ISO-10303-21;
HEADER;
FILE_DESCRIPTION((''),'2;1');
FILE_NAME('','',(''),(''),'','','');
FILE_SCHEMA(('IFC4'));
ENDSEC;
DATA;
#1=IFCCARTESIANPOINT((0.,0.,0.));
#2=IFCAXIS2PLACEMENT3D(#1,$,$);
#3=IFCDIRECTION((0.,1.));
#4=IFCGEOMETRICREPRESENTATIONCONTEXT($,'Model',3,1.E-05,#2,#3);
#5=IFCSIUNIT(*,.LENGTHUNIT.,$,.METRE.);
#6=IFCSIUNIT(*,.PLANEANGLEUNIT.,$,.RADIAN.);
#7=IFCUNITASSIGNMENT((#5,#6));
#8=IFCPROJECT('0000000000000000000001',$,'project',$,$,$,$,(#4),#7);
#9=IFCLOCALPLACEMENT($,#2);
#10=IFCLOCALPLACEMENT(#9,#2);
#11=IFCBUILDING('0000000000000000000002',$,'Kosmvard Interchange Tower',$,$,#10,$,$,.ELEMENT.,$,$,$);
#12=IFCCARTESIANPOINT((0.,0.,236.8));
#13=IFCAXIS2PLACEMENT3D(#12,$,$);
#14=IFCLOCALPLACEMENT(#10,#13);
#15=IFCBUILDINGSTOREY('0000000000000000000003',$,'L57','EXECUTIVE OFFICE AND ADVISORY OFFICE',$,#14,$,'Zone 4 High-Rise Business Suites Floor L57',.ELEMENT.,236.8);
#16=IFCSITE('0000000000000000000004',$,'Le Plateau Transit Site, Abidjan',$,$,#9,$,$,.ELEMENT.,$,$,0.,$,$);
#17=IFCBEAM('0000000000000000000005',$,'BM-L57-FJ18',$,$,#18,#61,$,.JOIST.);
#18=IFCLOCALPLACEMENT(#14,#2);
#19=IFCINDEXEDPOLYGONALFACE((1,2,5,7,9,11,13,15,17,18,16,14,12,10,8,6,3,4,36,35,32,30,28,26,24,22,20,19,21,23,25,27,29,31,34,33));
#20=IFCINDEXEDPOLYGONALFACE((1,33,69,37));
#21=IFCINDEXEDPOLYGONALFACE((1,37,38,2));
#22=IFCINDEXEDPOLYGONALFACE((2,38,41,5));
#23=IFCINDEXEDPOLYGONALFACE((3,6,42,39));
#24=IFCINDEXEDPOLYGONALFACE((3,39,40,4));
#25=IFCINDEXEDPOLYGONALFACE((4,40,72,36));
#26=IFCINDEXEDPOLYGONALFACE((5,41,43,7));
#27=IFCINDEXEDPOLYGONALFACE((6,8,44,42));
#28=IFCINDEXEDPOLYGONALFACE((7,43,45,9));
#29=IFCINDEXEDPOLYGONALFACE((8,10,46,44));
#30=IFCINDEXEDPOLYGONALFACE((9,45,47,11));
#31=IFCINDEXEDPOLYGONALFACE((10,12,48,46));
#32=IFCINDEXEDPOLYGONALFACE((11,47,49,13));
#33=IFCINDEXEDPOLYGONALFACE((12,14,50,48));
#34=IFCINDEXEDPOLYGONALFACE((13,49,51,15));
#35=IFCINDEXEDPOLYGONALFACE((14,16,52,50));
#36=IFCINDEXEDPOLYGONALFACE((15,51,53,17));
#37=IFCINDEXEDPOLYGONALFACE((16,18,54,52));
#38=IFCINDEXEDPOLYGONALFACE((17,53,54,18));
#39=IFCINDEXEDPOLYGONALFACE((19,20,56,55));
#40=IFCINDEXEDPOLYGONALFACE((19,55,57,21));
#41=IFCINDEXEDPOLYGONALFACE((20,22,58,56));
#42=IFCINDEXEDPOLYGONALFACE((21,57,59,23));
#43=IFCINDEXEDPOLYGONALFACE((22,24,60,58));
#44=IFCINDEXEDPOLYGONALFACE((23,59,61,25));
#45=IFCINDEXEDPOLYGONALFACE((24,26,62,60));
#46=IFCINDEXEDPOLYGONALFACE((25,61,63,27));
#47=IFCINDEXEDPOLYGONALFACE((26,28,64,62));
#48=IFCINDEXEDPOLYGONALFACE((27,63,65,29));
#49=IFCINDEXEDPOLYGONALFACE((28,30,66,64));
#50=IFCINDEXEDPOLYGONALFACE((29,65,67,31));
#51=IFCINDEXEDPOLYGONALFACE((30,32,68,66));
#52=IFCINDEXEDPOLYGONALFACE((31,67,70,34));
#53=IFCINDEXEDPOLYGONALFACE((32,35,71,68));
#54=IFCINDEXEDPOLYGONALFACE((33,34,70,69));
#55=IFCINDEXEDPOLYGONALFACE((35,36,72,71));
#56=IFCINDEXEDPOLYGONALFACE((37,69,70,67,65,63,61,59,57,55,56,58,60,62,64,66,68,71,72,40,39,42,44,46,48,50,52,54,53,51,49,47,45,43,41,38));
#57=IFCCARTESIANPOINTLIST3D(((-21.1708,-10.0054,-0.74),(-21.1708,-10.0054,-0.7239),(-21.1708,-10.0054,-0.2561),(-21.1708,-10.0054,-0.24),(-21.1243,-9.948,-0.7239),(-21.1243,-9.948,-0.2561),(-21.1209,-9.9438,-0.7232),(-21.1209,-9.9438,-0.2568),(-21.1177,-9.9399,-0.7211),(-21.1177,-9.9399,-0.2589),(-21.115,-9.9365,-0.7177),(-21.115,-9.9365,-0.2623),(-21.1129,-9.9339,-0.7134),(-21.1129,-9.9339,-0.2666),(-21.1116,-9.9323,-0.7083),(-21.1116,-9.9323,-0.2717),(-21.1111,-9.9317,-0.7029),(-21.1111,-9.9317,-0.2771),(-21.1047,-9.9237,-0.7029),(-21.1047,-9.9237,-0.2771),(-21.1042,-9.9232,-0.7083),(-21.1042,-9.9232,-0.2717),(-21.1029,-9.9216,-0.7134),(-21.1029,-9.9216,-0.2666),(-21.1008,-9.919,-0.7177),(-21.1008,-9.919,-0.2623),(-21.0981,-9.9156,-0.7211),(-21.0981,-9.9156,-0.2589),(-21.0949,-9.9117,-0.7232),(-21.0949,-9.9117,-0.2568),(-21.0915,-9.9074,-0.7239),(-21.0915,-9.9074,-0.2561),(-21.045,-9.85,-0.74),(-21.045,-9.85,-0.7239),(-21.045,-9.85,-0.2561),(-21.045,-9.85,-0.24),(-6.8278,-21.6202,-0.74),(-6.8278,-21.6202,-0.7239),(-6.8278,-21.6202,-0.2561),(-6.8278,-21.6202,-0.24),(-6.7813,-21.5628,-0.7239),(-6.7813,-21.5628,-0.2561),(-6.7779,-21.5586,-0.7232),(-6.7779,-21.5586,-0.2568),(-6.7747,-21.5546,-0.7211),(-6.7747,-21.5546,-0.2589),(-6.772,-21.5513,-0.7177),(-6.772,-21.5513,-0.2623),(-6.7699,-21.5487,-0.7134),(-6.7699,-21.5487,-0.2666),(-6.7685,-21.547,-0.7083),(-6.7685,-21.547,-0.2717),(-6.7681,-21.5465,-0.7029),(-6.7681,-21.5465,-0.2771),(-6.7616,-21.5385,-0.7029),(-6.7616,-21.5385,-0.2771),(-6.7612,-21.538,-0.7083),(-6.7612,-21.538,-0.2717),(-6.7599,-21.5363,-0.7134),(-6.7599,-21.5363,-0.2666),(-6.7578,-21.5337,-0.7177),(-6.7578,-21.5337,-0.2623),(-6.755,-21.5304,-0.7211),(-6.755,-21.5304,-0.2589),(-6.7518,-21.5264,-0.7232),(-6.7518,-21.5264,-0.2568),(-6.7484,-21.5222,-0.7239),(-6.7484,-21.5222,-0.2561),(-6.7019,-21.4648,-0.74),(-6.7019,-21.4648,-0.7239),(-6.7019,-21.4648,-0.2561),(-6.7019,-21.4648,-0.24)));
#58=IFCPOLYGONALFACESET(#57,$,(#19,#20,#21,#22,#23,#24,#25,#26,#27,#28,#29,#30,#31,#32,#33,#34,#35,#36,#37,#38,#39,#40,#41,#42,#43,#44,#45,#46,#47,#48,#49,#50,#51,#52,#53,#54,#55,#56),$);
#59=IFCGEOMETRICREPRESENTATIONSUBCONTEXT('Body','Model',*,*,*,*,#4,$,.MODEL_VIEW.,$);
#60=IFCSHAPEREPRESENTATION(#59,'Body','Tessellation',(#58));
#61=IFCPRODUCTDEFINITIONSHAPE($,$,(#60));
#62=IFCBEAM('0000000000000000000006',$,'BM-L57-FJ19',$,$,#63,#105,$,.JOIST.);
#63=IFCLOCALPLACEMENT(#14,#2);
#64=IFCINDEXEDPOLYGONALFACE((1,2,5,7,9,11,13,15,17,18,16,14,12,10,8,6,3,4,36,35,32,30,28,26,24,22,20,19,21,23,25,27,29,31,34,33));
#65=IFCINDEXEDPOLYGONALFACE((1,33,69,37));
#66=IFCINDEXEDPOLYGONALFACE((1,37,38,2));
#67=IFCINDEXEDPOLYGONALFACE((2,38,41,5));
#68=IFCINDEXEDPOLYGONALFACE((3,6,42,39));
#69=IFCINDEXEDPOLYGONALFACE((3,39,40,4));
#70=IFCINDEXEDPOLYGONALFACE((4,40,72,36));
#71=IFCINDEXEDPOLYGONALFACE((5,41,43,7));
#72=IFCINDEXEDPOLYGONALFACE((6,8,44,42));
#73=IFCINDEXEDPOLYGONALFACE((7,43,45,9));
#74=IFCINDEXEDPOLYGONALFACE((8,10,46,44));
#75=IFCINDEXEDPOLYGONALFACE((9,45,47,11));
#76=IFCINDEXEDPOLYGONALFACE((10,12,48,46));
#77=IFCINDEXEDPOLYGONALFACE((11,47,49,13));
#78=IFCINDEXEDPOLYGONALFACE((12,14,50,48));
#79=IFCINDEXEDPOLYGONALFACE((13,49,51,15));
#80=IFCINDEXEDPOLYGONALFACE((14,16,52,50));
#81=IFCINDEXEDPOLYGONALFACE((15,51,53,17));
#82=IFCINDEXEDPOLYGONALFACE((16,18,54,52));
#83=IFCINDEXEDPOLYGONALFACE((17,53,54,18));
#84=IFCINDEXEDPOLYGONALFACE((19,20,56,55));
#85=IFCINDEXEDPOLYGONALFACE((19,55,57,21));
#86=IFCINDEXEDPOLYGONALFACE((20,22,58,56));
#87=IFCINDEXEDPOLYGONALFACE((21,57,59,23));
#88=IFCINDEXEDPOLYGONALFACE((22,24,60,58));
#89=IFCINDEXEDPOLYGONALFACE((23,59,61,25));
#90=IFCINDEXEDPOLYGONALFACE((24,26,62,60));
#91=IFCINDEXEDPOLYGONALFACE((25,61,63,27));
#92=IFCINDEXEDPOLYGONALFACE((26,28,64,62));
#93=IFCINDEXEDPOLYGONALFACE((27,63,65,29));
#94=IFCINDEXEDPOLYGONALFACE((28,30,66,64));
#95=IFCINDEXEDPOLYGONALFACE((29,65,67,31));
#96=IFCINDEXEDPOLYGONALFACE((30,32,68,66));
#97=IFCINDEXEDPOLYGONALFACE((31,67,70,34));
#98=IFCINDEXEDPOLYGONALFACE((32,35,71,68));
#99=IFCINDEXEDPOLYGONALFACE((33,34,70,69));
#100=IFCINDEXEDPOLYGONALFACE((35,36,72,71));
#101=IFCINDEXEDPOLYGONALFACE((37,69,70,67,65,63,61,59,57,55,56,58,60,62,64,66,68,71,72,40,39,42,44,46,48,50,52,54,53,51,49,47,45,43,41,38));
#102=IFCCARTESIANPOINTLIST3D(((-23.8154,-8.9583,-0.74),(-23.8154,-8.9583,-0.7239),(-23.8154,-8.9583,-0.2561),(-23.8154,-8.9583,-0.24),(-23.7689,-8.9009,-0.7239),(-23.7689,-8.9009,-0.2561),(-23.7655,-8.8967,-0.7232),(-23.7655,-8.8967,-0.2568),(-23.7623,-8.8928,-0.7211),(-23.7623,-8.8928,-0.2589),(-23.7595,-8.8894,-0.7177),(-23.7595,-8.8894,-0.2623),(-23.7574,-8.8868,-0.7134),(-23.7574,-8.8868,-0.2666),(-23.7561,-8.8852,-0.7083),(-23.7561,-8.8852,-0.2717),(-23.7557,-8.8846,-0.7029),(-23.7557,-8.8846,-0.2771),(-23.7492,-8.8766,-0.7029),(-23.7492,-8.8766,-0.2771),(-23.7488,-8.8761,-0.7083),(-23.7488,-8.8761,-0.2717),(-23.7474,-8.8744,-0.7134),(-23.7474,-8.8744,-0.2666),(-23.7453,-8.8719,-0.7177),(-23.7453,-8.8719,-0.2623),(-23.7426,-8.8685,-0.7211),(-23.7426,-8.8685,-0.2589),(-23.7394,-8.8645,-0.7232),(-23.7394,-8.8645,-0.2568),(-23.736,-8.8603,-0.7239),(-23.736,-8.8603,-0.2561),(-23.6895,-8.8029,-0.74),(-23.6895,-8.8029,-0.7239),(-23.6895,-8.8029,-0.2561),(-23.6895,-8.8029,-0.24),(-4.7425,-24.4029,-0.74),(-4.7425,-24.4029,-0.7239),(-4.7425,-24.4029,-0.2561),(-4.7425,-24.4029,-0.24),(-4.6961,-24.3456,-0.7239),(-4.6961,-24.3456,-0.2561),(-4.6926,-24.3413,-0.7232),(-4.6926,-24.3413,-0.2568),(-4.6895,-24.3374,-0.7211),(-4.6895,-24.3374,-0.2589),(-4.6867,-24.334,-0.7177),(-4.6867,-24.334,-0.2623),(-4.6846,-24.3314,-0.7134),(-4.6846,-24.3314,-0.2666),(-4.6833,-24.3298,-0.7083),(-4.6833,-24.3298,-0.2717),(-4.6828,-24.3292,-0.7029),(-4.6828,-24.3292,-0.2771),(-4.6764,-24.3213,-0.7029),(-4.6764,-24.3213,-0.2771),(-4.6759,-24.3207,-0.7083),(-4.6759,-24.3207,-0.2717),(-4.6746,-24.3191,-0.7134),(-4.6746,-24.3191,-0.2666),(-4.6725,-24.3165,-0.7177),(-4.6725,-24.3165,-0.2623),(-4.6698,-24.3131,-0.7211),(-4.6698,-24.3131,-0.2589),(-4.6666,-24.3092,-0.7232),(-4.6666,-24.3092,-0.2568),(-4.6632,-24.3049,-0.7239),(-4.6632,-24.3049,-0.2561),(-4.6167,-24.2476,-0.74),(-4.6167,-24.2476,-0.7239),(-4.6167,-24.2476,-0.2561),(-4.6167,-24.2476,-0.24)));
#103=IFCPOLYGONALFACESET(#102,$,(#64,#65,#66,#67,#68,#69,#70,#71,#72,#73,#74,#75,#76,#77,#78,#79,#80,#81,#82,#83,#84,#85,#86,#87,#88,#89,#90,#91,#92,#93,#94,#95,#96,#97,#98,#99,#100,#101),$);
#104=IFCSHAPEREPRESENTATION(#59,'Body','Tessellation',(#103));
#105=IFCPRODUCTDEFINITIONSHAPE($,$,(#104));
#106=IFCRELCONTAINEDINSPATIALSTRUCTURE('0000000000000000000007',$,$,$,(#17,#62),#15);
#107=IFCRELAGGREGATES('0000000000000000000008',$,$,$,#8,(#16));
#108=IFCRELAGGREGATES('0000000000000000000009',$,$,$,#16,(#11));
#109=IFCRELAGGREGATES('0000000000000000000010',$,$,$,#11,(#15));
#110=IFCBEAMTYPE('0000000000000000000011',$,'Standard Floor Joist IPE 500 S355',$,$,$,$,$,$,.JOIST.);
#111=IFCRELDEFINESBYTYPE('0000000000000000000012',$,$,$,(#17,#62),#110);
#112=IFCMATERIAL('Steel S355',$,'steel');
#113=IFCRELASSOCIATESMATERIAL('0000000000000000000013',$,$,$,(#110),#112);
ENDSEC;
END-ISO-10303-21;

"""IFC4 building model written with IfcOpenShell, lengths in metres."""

from ifc_helpers import new_model, si_unit, direction, frame, origin, origin_2d, place, context, subcontext, project, spatial, i_section, extrude, source, transform, mapped, material, material_profile, profile_set, type_object, element, save


model = new_model("IFC4")

# Units and contexts
model_context = context("Model", 3, precision=1e-05, world=origin(), true_north=direction((0.0, 1.0)))
body_context = subcontext(model_context, "Body", "Model", "MODEL_VIEW")
ifc_project = project(units=[si_unit("LENGTHUNIT", "METRE"), si_unit("PLANEANGLEUNIT", "RADIAN")], contexts=[model_context])

# Site, building, storey
site_placement = place(None, origin())
site = spatial("IfcSite", under=ifc_project, at=site_placement, Name="Le Plateau Transit Site, Abidjan", CompositionType="ELEMENT", RefElevation=0.0)
building_placement = place(site_placement, origin())
building = spatial("IfcBuilding", under=site, at=building_placement, Name="Kosmvard Interchange Tower", CompositionType="ELEMENT")
storey_placement = place(building_placement, frame((0.0, 0.0, 236.8)))
storey = spatial("IfcBuildingStorey", under=building, at=storey_placement, Name="L57", Description="EXECUTIVE OFFICE AND ADVISORY OFFICE", LongName="Zone 4 High-Rise Business Suites Floor L57", CompositionType="ELEMENT", Elevation=236.8)

# Beams
ifc_material_1 = material(Name="Steel S355", Category="steel")
ifc_material_profile_1 = material_profile(ifc_material_1, i_section(OverallWidth=0.2, OverallDepth=0.5, WebThickness=0.0103, FlangeThickness=0.0161, FilletRadius=0.021, at=origin_2d()), Name="IPE 500")
ifc_profile_set_1 = profile_set([ifc_material_profile_1], Name="Steel S355")
beam_type_1 = type_object("IfcBeamType", Name="Standard Floor Joist IPE 500 S355", PredefinedType="JOIST", material=ifc_profile_set_1)
shared_shape_1 = source(origin(), body_context, "Body", "SweptSolid", [
    extrude(i_section(OverallWidth=0.2, OverallDepth=0.5, WebThickness=0.0103, FlangeThickness=0.0161, FilletRadius=0.021, at=origin_2d()), origin(), (0.0, 0.0, 1.0), 18.4561),
])
beam_1_placement = place(storey_placement, frame((-21.1079, -9.9277, -0.49), z_axis=(0.777146, -0.62932, 0.0), x_axis=(0.62932, 0.777146, 0.0)))
element("IfcBeam", 1, at=beam_1_placement, inside=storey, type_object=beam_type_1, Name="BM-L57-FJ18", PredefinedType="JOIST", context=body_context, shape_type="MappedRepresentation", body=[
    mapped(shared_shape_1, transform((0.0, 0.0, 0.0), scale=1.0)),
])
shared_shape_2 = source(origin(), body_context, "Body", "SweptSolid", [
    extrude(i_section(OverallWidth=0.2, OverallDepth=0.5, WebThickness=0.0103, FlangeThickness=0.0161, FilletRadius=0.021, at=origin_2d()), origin(), (0.0, 0.0, 1.0), 24.542),
])
beam_2_placement = place(storey_placement, frame((-23.7524, -8.8806, -0.49), z_axis=(0.777151, -0.629315, 0.0), x_axis=(0.629315, 0.777151, 0.0)))
element("IfcBeam", 2, at=beam_2_placement, inside=storey, type_object=beam_type_1, Name="BM-L57-FJ19", PredefinedType="JOIST", context=body_context, shape_type="MappedRepresentation", body=[
    mapped(shared_shape_2, transform((0.0, 0.0, 0.0), scale=1.0)),
])

save(model, "model.ifc")
